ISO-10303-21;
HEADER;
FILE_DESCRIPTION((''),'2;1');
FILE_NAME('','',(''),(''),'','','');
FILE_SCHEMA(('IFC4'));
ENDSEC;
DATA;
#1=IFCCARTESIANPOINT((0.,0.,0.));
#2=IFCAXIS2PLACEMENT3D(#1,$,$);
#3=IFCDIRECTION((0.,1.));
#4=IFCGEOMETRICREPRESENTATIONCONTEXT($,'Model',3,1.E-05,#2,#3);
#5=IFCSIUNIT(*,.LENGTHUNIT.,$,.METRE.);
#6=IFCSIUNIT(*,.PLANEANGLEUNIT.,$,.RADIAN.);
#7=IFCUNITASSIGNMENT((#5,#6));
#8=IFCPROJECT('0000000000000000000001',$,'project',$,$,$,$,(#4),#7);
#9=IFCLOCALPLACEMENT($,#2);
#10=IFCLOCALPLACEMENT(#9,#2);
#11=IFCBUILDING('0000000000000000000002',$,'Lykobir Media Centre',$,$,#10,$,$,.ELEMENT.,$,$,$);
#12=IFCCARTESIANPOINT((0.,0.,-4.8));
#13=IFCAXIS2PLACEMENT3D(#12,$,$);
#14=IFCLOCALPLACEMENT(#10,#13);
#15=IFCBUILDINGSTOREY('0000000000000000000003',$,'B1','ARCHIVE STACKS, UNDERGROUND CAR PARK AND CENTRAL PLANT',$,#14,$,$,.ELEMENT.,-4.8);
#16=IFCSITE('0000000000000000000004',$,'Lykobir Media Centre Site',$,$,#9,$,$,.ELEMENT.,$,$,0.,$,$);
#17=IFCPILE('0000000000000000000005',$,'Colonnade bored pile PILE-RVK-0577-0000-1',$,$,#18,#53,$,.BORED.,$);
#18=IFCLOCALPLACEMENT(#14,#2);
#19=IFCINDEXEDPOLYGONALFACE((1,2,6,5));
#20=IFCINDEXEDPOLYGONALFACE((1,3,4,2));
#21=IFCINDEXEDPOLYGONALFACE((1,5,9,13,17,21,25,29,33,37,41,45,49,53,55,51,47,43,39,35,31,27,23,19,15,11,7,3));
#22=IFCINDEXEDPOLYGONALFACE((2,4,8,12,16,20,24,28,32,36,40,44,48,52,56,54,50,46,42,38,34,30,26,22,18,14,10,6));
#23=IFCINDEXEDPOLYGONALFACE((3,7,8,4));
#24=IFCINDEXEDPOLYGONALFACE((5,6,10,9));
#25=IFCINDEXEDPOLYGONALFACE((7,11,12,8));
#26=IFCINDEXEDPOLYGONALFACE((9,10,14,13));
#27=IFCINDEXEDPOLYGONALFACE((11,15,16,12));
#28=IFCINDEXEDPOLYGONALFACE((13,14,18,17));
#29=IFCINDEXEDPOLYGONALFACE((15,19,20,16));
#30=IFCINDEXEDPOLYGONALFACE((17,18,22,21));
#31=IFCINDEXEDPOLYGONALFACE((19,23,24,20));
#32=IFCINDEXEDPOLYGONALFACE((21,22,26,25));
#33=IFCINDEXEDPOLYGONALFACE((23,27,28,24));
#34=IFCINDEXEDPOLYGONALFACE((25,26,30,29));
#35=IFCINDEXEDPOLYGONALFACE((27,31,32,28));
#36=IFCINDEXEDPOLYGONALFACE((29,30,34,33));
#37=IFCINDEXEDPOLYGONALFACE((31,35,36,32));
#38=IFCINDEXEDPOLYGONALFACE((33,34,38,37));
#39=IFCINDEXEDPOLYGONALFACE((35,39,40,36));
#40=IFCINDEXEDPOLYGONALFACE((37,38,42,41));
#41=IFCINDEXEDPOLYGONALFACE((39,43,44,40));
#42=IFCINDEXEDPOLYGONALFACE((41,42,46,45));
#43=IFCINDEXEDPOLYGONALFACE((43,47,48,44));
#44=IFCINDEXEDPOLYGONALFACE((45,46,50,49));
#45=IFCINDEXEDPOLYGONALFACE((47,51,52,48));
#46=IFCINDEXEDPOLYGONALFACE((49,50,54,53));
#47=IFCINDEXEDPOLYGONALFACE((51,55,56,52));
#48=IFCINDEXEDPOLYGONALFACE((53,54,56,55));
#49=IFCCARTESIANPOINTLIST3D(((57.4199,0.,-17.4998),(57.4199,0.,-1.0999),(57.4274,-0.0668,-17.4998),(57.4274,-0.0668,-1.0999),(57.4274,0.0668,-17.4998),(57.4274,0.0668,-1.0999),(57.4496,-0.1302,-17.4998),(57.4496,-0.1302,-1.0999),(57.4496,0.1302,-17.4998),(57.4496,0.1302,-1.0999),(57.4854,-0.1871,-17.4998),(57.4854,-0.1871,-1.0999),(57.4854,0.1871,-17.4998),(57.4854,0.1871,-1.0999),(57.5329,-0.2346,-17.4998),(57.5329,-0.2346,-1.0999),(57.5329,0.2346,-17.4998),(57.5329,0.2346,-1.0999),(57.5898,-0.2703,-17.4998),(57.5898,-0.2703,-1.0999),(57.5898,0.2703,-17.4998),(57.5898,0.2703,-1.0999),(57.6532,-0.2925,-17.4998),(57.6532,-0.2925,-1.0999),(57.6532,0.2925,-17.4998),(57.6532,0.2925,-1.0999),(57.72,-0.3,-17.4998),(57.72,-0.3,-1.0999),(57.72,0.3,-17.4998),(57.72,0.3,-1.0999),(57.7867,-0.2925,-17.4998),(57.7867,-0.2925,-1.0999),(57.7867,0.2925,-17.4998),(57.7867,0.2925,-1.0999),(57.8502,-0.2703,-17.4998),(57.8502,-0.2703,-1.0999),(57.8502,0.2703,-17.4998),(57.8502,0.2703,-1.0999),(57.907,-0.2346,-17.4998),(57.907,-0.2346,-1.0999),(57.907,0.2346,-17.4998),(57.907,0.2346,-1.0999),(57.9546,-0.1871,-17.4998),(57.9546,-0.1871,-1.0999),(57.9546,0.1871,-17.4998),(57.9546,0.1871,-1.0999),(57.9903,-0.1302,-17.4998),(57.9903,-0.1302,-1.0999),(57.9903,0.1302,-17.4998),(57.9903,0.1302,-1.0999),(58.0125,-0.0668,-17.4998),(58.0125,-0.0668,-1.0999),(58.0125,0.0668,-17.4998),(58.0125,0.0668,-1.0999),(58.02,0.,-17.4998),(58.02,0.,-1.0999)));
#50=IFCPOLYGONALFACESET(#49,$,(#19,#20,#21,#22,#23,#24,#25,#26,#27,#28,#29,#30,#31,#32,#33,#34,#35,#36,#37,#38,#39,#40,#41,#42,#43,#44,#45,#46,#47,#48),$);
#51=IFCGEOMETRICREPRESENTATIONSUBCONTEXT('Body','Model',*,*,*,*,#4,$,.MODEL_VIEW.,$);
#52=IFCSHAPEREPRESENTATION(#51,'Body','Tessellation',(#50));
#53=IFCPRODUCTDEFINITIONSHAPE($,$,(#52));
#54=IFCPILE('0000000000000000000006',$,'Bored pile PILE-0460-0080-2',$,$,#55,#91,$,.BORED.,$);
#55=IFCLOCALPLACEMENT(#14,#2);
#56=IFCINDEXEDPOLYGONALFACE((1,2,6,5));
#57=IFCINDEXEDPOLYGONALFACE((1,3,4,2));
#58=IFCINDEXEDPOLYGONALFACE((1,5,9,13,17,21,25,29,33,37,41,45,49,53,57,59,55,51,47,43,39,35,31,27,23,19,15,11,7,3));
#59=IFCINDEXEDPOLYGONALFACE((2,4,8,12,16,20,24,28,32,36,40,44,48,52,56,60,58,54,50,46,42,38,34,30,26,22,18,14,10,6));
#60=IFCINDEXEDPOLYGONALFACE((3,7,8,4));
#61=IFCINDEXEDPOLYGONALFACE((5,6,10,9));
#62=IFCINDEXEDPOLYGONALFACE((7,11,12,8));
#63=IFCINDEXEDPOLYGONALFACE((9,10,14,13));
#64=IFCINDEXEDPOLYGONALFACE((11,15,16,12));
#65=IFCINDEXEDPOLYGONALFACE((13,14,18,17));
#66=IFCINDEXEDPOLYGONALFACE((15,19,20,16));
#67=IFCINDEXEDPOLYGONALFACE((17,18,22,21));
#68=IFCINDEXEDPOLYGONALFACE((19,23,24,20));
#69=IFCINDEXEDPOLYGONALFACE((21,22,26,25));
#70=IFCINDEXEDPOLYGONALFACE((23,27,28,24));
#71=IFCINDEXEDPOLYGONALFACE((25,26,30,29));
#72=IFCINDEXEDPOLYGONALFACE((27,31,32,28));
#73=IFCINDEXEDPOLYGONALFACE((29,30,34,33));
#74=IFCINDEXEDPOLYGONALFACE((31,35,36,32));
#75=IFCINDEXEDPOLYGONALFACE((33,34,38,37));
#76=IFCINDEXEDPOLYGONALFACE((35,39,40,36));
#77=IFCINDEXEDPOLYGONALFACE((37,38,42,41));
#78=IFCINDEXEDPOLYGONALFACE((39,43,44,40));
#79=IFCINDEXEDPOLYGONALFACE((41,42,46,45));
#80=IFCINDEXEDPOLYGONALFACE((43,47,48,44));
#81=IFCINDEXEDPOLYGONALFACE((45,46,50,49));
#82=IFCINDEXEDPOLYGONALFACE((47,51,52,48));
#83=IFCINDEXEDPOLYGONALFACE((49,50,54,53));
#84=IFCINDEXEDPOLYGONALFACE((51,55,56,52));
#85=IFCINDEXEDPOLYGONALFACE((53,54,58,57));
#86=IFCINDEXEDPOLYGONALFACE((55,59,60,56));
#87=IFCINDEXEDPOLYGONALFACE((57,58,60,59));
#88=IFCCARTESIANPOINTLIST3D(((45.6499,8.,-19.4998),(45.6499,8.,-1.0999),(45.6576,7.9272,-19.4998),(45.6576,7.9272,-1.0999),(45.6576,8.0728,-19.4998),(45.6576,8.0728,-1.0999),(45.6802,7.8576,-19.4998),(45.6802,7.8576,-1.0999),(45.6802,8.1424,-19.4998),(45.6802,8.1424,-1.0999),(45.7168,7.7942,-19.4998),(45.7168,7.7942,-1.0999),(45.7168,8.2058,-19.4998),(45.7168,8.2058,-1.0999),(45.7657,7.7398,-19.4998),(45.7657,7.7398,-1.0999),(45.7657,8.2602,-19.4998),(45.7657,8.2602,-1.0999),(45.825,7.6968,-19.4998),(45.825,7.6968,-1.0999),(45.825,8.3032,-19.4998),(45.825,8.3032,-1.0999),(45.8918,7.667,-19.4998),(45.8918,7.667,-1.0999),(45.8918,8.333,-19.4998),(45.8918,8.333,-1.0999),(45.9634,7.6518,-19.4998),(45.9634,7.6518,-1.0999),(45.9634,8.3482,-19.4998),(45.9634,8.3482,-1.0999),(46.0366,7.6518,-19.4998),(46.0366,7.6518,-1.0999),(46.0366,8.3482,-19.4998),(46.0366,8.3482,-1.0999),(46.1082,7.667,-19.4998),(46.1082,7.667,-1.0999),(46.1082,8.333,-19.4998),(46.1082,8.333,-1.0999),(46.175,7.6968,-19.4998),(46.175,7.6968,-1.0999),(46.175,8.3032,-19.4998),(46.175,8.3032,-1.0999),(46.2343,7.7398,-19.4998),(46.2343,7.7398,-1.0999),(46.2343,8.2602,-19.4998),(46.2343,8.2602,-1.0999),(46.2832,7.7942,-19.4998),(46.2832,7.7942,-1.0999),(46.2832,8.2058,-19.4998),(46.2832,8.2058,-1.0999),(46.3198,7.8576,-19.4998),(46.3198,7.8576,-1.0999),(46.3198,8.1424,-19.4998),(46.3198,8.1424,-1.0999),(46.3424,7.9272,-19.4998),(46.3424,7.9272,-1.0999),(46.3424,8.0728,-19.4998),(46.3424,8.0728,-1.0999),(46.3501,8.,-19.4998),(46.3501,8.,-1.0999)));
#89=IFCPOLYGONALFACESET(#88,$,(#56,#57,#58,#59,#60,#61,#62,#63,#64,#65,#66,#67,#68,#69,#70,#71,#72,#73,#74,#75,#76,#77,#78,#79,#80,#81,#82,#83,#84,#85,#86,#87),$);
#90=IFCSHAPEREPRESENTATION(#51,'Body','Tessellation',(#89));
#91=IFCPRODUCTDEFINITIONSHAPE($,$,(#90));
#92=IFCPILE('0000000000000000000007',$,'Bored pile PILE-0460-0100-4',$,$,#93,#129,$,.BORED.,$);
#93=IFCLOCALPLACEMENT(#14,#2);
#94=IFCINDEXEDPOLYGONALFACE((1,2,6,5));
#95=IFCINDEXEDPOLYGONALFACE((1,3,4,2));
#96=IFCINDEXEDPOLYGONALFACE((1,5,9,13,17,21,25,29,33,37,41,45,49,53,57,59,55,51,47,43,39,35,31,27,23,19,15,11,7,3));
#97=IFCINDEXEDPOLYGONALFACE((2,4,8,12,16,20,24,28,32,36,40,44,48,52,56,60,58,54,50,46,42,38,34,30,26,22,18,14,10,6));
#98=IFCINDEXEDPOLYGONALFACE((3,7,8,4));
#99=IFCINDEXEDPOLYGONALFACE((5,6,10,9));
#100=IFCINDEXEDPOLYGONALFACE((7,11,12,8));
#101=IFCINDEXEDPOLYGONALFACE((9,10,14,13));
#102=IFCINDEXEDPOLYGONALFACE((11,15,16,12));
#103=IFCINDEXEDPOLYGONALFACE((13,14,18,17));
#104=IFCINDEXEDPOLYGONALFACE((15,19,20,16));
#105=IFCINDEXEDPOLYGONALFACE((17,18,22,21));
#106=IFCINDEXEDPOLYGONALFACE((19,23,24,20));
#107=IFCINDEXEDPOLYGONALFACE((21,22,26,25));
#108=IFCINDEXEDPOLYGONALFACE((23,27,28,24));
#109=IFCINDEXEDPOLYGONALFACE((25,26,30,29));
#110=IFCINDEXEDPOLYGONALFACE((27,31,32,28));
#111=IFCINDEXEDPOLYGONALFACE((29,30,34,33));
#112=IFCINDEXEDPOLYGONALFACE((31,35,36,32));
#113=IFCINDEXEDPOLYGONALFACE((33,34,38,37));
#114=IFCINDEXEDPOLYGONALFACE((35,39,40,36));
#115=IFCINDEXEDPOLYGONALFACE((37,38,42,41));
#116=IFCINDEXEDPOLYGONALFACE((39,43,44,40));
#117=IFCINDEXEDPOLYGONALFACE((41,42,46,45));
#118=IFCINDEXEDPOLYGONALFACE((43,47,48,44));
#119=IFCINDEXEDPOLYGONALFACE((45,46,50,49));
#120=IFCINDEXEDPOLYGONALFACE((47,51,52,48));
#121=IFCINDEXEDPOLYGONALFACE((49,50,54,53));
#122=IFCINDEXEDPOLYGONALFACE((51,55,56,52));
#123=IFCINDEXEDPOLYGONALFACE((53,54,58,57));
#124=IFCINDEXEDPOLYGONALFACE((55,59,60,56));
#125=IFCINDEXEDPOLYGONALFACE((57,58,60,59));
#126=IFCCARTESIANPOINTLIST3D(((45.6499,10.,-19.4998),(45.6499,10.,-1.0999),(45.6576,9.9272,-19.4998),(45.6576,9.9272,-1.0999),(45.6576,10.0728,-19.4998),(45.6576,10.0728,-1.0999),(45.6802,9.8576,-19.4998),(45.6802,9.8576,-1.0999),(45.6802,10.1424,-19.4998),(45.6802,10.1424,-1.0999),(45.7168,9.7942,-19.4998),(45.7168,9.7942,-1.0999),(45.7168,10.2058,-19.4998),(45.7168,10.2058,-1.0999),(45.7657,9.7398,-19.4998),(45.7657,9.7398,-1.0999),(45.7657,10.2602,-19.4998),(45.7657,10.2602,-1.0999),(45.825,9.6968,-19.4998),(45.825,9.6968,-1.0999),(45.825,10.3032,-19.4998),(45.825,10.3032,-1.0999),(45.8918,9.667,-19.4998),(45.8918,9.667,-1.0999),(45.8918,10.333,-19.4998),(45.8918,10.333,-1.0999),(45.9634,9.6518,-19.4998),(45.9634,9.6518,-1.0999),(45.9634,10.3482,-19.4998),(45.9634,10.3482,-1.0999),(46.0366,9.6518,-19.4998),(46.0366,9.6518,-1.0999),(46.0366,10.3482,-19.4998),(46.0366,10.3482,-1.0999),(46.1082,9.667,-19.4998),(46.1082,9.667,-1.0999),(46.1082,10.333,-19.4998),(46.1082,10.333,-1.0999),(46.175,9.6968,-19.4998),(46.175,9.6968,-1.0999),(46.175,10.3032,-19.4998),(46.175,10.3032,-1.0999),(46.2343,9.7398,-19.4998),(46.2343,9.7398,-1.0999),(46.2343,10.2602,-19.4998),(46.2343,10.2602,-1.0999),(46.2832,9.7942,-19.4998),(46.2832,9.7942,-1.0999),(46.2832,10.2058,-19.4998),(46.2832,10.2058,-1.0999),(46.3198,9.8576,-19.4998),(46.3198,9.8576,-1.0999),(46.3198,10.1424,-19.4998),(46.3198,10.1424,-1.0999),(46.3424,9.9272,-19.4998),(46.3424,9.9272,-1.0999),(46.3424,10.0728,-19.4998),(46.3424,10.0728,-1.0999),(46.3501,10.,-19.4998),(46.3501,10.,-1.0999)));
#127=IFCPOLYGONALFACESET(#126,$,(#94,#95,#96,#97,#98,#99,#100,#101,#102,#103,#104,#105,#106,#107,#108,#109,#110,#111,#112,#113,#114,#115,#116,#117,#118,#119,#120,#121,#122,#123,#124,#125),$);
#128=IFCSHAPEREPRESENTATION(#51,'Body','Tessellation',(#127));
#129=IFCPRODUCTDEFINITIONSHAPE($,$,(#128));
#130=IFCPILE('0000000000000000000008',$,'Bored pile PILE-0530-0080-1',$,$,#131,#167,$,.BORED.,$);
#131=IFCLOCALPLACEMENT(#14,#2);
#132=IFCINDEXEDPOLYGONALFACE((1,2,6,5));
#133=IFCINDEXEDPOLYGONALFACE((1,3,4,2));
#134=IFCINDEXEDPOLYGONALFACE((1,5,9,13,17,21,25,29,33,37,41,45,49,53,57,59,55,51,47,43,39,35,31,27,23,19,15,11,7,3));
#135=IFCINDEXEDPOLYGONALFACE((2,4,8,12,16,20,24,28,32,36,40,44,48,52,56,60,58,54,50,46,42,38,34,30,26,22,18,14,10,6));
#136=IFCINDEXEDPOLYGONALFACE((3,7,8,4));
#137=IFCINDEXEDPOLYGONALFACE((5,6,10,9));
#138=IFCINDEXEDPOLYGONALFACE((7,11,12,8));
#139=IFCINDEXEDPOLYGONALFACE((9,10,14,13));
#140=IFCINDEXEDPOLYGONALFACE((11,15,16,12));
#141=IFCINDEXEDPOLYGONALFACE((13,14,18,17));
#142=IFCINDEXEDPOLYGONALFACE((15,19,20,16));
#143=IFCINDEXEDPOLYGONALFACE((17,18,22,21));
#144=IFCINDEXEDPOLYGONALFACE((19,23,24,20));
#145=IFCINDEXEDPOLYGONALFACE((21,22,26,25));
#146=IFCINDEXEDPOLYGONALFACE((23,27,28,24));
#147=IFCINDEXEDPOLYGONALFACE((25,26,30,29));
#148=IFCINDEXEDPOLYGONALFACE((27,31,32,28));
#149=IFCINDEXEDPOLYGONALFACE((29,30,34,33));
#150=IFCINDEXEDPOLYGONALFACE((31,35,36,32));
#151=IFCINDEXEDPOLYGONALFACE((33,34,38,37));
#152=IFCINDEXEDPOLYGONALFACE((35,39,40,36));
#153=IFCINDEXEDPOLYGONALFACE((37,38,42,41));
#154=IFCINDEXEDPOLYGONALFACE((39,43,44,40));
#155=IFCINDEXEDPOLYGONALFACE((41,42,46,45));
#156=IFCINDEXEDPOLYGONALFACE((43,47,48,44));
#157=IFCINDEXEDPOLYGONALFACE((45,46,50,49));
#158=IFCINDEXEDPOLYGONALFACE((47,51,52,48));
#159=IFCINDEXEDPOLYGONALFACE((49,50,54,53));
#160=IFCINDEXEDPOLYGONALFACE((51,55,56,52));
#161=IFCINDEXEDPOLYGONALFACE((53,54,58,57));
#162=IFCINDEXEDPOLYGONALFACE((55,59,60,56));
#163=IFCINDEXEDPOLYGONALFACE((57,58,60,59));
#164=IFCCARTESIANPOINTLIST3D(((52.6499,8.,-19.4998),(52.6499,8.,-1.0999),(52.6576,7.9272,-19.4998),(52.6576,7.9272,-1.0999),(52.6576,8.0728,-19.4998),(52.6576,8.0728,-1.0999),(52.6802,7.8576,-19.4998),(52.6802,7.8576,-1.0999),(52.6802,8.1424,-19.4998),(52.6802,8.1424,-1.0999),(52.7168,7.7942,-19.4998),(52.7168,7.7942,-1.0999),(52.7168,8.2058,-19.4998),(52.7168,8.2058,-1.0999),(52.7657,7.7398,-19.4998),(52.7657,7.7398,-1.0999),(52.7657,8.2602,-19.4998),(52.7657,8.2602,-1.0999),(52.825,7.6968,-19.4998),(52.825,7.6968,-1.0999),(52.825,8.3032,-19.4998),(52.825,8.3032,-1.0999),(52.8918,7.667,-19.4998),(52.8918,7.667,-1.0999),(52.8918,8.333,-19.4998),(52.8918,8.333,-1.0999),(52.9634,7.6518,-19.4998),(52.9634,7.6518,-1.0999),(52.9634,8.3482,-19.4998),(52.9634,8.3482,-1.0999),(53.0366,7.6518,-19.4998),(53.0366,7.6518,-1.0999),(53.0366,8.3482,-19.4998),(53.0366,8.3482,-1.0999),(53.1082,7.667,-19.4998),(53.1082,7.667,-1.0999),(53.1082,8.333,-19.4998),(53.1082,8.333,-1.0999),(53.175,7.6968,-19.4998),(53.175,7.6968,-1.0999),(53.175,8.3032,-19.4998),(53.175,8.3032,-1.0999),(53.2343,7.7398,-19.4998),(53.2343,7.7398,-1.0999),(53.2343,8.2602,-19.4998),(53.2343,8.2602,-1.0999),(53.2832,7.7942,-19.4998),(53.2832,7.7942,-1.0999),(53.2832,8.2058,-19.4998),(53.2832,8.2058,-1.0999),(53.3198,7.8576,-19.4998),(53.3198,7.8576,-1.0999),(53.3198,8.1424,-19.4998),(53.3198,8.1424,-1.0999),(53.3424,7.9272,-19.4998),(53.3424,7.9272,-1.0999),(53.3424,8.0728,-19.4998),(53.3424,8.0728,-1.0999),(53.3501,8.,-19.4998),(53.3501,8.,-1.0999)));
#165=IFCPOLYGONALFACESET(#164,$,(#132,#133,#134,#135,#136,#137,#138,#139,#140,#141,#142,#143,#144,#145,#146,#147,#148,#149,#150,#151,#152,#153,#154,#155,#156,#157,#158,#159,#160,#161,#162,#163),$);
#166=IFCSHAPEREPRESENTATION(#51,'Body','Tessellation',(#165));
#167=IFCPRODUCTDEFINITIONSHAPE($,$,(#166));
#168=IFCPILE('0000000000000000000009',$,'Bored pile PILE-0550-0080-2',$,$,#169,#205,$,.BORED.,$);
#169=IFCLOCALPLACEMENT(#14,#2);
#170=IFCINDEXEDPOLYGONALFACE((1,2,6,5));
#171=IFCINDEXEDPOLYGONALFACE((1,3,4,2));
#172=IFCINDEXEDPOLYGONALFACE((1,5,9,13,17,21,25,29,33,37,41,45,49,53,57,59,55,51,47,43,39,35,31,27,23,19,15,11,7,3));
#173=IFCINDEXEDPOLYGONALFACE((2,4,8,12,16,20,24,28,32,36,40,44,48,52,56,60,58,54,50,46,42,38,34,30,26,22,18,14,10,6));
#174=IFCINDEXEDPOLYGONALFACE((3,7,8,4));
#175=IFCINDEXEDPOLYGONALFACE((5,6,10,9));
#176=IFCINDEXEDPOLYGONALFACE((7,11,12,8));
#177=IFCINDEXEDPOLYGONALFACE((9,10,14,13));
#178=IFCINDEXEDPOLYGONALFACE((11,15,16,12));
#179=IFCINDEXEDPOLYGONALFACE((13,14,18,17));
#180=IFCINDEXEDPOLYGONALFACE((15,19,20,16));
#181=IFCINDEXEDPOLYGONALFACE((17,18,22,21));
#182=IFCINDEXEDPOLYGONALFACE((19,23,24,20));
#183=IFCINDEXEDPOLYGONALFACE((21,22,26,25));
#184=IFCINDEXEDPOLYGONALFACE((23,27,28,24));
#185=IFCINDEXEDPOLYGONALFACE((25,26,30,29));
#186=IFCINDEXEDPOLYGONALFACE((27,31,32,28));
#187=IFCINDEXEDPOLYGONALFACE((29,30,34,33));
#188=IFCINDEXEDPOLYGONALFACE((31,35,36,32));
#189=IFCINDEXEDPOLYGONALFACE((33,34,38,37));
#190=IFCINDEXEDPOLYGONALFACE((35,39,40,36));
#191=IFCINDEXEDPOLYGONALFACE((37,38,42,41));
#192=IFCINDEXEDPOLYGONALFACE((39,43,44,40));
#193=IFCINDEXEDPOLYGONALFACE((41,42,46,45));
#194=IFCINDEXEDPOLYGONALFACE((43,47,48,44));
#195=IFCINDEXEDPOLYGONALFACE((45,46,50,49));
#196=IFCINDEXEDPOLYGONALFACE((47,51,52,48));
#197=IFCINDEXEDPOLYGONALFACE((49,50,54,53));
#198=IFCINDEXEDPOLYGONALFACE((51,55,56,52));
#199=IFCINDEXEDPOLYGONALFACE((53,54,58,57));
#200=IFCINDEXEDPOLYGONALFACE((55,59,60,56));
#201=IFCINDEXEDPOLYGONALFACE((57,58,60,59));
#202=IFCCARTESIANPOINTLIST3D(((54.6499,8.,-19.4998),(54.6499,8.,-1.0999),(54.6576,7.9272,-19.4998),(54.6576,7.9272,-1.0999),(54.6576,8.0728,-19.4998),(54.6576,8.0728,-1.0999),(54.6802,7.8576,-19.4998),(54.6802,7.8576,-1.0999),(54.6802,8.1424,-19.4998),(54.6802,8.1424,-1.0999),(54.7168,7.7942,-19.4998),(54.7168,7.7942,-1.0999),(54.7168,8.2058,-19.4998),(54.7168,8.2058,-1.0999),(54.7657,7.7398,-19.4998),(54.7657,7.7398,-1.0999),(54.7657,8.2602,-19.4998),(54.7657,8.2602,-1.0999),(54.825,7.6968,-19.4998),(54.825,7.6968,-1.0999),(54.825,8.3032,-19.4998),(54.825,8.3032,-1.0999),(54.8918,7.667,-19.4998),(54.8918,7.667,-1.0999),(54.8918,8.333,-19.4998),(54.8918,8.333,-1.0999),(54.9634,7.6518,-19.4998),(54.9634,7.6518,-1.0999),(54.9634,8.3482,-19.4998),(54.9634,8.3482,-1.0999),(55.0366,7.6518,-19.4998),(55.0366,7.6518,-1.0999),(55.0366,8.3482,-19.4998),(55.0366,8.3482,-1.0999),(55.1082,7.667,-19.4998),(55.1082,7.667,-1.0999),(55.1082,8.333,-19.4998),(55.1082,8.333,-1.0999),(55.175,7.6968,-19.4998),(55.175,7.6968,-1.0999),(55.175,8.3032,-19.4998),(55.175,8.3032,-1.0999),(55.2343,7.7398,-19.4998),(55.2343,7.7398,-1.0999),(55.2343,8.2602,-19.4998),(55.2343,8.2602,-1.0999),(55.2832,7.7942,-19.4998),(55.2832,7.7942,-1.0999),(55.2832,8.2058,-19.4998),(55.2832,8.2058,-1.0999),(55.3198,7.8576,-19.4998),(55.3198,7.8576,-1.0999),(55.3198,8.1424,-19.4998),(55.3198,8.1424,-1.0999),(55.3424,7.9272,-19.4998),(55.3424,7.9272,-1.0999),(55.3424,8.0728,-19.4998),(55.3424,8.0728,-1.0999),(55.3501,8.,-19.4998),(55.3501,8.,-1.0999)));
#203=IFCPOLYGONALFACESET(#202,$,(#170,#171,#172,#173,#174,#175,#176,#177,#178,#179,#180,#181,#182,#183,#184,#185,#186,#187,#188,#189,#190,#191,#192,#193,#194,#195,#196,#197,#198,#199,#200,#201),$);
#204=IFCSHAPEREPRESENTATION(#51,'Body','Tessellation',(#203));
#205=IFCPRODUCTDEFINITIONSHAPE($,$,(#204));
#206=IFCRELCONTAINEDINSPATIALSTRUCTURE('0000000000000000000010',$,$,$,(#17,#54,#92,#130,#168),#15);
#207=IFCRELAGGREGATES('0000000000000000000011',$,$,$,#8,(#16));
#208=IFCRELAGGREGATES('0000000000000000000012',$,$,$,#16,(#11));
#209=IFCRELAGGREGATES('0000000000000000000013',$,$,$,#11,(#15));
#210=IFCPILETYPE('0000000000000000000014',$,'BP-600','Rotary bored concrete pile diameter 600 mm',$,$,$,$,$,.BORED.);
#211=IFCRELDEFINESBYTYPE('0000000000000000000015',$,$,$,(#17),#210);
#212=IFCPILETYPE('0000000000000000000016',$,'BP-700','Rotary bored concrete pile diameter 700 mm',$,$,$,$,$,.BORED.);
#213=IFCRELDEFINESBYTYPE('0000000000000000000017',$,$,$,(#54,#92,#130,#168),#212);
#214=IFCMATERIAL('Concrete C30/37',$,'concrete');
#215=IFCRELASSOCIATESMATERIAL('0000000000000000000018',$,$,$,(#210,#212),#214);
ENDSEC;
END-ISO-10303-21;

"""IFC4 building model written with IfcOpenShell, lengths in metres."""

from ifc_helpers import new_model, si_unit, direction, frame, origin, origin_2d, place, context, subcontext, project, spatial, circle, extrude, material, material_profile, profile_set, type_object, element, save


model = new_model("IFC4")

# Units and contexts
model_context = context("Model", 3, precision=1e-05, world=origin(), true_north=direction((0.0, 1.0)))
body_context = subcontext(model_context, "Body", "Model", "MODEL_VIEW")
ifc_project = project(units=[si_unit("LENGTHUNIT", "METRE"), si_unit("PLANEANGLEUNIT", "RADIAN")], contexts=[model_context])

# Site, building, storey
site_placement = place(None, origin())
site = spatial("IfcSite", under=ifc_project, at=site_placement, Name="Lykobir Media Centre Site", CompositionType="ELEMENT", RefElevation=0.0)
building_placement = place(site_placement, origin())
building = spatial("IfcBuilding", under=site, at=building_placement, Name="Lykobir Media Centre", CompositionType="ELEMENT")
storey_placement = place(building_placement, frame((0.0, 0.0, -4.8)))
storey = spatial("IfcBuildingStorey", under=building, at=storey_placement, Name="B1", Description="ARCHIVE STACKS, UNDERGROUND CAR PARK AND CENTRAL PLANT", CompositionType="ELEMENT", Elevation=-4.8)

# Piles
ifc_material_1 = material(Name="Concrete C30/37", Category="concrete")
ifc_material_profile_1 = material_profile(ifc_material_1, circle(Radius=0.3, at=origin_2d()), Name="BORED PILE D600")
ifc_profile_set_1 = profile_set([ifc_material_profile_1], Name="Concrete C30/37")
pile_type_1 = type_object("IfcPileType", Name="BP-600", Description="Rotary bored concrete pile diameter 600 mm", PredefinedType="BORED", material=ifc_profile_set_1)
for number, where, z_axis, x_axis, name in (
    (1, (57.72, 0.0, -1.0999), (0.0, 0.0, -1.0), (1.0, 0.0, 0.0), "Colonnade bored pile PILE-RVK-0577-0000-1"),
):
    element("IfcPile", number, at=place(storey_placement, frame(where, z_axis=z_axis, x_axis=x_axis)), inside=storey, type_object=pile_type_1, Name=name, PredefinedType="BORED", context=body_context, shape_type="SweptSolid", body=[
        extrude(circle(Radius=0.3, at=origin_2d()), origin(), (0.0, 0.0, 1.0), 16.3999),
    ])
ifc_material_profile_2 = material_profile(ifc_material_1, circle(Radius=0.3501, at=origin_2d()), Name="BORED PILE D700")
ifc_profile_set_2 = profile_set([ifc_material_profile_2], Name="Concrete C30/37")
pile_type_2 = type_object("IfcPileType", Name="BP-700", Description="Rotary bored concrete pile diameter 700 mm", PredefinedType="BORED", material=ifc_profile_set_2)
for number, where, z_axis, x_axis, name in (
    (2, (46.0, 8.0, -1.0999), (0.0, 0.0, -1.0), (1.0, 0.0, 0.0), "Bored pile PILE-0460-0080-2"),
    (3, (46.0, 10.0, -1.0999), (0.0, 0.0, -1.0), (1.0, 0.0, 0.0), "Bored pile PILE-0460-0100-4"),
    (4, (53.0, 8.0, -1.0999), (0.0, 0.0, -1.0), (1.0, 0.0, 0.0), "Bored pile PILE-0530-0080-1"),
    (5, (55.0, 8.0, -1.0999), (0.0, 0.0, -1.0), (1.0, 0.0, 0.0), "Bored pile PILE-0550-0080-2"),
):
    element("IfcPile", number, at=place(storey_placement, frame(where, z_axis=z_axis, x_axis=x_axis)), inside=storey, type_object=pile_type_2, Name=name, PredefinedType="BORED", context=body_context, shape_type="SweptSolid", body=[
        extrude(circle(Radius=0.3501, at=origin_2d()), origin(), (0.0, 0.0, 1.0), 18.3999),
    ])

save(model, "model.ifc")
